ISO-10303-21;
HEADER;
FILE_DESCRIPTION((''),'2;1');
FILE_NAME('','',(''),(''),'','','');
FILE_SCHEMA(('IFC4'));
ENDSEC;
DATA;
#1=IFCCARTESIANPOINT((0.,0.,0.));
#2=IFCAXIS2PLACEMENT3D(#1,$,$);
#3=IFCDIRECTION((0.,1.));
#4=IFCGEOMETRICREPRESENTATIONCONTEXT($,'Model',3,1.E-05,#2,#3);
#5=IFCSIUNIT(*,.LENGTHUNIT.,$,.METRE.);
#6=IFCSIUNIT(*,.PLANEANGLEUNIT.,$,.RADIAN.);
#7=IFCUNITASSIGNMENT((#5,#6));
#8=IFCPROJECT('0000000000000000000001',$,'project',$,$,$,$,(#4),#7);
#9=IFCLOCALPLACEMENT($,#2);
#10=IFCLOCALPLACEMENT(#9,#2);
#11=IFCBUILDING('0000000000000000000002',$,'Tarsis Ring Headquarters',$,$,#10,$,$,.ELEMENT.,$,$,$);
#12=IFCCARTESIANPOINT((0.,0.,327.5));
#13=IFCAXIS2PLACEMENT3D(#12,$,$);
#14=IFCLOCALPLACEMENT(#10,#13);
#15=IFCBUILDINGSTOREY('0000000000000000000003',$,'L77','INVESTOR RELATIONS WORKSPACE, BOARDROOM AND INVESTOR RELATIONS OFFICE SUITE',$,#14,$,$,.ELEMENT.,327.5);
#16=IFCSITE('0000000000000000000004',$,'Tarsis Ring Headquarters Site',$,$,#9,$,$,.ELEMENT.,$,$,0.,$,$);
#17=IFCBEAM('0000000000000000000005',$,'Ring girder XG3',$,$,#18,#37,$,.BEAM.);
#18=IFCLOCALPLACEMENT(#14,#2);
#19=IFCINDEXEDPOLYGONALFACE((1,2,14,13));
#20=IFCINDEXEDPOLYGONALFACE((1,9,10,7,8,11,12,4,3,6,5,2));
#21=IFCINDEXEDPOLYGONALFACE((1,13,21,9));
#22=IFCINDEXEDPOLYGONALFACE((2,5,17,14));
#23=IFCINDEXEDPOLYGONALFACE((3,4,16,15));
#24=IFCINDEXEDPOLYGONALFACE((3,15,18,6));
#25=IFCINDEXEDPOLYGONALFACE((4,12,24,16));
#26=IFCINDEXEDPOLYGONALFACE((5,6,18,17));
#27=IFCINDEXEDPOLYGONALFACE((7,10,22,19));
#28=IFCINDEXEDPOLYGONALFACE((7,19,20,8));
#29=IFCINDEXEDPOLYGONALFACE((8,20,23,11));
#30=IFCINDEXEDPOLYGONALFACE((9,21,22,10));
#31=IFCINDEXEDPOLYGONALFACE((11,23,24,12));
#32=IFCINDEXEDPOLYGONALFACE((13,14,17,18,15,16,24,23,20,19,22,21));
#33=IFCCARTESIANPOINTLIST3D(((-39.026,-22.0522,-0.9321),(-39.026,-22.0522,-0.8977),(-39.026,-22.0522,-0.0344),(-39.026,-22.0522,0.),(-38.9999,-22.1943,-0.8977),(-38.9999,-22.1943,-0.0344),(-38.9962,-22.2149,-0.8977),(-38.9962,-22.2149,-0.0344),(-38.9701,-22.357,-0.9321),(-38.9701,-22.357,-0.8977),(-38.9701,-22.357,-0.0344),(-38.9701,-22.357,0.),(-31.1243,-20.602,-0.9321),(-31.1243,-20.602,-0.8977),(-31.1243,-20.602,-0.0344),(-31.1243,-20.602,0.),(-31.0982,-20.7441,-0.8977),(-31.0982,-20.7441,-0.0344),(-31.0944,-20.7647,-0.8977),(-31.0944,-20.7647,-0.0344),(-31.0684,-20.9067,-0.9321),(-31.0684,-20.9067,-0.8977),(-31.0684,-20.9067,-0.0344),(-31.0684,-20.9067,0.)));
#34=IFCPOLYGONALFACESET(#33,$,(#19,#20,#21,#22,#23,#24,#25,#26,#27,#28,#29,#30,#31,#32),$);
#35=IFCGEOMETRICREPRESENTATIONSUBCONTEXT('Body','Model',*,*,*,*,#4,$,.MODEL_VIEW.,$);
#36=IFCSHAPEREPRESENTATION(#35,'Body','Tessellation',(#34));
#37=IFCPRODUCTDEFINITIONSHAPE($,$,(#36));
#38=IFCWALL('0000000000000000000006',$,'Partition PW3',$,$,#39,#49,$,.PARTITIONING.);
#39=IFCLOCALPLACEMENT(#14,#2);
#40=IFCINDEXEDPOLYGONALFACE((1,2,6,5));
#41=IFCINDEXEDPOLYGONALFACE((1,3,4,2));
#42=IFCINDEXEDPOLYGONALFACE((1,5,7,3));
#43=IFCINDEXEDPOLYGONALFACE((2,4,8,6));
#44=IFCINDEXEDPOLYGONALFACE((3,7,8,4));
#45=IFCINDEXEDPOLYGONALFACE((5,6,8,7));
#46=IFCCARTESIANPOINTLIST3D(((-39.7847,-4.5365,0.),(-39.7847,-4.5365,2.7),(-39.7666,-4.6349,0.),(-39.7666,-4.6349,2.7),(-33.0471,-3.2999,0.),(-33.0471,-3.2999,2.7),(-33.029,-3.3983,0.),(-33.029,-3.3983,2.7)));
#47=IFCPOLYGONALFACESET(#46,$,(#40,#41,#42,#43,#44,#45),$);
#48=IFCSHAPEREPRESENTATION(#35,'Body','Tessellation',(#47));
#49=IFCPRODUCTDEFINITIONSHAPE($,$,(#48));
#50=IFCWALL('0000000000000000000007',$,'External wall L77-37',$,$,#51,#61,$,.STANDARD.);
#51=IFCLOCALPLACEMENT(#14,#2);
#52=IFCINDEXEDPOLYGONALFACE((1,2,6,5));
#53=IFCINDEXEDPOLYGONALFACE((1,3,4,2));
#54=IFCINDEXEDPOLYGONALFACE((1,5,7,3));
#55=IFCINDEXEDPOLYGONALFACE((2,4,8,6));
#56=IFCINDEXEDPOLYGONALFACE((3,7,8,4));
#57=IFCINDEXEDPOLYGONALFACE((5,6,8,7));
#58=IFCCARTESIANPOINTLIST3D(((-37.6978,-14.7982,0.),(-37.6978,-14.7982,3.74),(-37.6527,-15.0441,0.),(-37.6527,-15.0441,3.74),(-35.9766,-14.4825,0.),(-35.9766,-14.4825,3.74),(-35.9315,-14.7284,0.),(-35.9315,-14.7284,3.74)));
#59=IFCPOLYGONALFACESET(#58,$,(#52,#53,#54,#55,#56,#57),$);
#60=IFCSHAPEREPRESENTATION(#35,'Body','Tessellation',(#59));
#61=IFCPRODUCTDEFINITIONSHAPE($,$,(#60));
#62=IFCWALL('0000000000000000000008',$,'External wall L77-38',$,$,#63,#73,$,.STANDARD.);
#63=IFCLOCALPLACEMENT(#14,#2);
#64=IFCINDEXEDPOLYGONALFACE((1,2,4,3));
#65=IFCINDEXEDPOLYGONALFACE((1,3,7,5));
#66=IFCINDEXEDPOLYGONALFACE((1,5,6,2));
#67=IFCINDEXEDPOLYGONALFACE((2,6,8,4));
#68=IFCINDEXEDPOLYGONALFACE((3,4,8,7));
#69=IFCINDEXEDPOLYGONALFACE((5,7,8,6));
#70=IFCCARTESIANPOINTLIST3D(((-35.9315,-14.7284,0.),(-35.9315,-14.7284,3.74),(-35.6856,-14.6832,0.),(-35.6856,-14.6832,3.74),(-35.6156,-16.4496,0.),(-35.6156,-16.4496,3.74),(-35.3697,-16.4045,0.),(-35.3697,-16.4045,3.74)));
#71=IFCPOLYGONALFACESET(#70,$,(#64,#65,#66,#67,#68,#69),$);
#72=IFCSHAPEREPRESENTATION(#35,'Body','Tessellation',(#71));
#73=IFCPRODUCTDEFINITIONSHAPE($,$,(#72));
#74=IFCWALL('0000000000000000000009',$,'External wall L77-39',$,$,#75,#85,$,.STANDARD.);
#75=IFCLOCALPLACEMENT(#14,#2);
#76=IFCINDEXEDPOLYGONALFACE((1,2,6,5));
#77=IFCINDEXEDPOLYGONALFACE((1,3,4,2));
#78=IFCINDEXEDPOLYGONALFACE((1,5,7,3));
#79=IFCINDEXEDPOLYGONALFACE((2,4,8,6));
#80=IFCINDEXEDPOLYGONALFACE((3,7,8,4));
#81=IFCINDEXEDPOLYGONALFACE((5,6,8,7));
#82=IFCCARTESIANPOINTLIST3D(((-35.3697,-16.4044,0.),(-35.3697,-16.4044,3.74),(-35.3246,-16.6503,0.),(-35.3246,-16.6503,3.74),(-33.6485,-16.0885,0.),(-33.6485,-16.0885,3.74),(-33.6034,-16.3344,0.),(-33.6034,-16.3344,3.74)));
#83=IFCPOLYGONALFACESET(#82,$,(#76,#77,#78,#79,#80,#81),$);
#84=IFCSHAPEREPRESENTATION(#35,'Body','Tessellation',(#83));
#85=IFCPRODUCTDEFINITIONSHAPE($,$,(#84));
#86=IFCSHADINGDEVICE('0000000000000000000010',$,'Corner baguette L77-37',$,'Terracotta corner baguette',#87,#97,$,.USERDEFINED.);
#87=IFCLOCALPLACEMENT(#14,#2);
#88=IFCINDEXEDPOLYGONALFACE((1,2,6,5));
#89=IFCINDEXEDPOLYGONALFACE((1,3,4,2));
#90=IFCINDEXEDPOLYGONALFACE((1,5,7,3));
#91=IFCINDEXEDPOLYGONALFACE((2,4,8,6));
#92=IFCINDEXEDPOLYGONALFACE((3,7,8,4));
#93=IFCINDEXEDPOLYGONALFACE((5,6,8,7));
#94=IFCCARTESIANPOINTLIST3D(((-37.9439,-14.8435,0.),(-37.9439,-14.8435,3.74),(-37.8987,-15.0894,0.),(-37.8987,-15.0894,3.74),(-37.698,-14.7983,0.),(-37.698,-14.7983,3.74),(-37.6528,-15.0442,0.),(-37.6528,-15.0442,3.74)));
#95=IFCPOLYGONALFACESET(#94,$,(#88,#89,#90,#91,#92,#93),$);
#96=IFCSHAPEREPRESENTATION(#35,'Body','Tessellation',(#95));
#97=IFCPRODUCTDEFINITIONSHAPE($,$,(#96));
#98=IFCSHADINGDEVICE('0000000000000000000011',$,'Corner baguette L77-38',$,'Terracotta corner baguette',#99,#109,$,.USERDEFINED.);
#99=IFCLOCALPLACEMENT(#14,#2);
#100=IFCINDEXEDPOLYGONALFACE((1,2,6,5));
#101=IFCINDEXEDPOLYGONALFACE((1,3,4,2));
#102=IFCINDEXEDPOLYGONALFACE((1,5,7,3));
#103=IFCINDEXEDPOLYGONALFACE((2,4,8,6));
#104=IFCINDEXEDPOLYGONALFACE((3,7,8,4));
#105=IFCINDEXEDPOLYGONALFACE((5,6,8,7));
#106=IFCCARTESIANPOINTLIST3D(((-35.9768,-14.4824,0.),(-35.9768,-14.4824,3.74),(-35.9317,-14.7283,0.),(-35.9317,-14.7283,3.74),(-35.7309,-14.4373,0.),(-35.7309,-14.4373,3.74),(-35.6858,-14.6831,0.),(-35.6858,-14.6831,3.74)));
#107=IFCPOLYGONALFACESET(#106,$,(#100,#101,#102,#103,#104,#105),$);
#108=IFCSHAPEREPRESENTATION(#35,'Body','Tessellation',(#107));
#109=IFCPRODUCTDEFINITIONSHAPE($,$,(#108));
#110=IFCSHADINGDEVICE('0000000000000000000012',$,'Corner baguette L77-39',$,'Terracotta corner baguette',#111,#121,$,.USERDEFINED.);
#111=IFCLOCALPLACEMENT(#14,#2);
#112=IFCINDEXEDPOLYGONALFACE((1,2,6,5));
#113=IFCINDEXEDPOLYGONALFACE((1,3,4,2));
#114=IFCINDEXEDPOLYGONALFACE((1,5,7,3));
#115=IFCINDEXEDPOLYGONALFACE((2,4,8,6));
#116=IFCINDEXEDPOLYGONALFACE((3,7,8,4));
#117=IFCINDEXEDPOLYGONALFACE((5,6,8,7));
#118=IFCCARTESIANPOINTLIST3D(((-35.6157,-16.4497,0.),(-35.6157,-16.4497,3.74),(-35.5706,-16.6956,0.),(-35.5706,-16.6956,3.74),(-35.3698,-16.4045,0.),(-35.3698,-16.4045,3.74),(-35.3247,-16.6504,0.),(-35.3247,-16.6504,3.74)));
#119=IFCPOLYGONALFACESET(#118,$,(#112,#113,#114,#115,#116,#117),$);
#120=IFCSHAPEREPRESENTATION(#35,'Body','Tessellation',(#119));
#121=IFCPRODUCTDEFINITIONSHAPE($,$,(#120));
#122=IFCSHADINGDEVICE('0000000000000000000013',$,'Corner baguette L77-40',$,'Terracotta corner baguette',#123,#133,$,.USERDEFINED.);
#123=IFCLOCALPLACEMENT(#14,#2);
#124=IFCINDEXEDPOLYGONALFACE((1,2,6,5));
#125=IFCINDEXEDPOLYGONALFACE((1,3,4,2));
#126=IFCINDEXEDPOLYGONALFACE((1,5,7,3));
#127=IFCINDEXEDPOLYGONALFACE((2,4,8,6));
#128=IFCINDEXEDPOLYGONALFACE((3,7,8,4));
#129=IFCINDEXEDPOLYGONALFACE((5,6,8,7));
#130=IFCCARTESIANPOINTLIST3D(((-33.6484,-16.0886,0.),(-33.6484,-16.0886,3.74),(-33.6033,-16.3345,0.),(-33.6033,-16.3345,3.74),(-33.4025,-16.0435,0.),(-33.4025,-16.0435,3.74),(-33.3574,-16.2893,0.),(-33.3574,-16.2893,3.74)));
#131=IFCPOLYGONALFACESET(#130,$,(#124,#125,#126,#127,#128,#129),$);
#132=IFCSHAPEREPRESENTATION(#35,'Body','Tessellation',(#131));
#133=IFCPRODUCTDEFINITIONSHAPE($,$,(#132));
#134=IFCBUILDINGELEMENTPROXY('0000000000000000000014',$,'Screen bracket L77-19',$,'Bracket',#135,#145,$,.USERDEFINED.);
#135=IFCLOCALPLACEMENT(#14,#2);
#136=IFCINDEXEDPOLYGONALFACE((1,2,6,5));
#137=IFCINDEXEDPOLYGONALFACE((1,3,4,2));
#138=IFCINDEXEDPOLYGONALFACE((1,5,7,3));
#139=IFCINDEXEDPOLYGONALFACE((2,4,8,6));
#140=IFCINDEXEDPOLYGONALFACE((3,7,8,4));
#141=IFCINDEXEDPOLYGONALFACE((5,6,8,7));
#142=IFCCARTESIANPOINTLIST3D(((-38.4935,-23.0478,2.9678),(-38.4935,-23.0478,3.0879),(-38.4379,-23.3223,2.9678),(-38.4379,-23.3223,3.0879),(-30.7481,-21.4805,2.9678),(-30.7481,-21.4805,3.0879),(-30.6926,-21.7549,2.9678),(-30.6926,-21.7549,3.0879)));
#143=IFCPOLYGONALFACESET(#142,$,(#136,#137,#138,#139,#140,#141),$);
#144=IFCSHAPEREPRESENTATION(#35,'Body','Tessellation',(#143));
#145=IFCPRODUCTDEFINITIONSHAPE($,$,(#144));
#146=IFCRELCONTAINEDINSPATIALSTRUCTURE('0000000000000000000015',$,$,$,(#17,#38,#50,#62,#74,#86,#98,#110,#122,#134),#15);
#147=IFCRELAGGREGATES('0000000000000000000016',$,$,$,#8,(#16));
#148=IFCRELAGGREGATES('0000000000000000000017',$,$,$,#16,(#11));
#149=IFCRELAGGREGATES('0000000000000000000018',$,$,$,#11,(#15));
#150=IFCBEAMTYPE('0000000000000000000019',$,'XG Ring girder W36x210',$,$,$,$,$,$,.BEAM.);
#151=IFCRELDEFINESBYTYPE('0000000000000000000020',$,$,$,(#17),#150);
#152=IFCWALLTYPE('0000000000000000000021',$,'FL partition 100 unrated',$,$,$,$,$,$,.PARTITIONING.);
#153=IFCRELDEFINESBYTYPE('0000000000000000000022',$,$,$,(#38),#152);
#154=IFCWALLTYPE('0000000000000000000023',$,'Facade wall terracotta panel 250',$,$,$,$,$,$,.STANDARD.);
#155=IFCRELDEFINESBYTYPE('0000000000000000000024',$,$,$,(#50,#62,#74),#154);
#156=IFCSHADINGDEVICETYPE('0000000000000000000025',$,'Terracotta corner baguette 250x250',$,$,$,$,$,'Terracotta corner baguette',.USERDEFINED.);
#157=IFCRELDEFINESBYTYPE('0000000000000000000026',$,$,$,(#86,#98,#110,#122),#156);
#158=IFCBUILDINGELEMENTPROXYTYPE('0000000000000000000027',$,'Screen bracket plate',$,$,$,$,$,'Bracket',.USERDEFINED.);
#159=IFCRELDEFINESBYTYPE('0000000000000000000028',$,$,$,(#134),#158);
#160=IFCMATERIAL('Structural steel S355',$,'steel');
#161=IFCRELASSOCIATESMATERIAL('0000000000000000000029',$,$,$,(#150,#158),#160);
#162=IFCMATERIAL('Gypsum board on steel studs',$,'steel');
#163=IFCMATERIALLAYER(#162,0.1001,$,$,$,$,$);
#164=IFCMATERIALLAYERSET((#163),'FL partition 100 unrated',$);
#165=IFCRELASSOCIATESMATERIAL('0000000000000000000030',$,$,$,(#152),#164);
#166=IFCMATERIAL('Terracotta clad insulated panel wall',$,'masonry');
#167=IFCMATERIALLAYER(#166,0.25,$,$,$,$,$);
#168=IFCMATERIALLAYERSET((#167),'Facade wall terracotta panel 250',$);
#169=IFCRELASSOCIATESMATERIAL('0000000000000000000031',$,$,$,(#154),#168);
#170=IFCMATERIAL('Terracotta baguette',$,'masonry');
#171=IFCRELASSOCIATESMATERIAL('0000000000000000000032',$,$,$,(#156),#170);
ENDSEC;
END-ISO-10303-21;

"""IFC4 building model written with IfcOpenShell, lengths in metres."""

from ifc_helpers import new_model, si_unit, direction, frame, frame_2d, origin, origin_2d, place, context, subcontext, project, spatial, rectangle, i_section, extrude, material, layer, layer_set, material_profile, profile_set, type_object, element, save


model = new_model("IFC4")

# Units and contexts
model_context = context("Model", 3, precision=1e-05, world=origin(), true_north=direction((0.0, 1.0)))
body_context = subcontext(model_context, "Body", "Model", "MODEL_VIEW")
ifc_project = project(units=[si_unit("LENGTHUNIT", "METRE"), si_unit("PLANEANGLEUNIT", "RADIAN")], contexts=[model_context])

# Site, building, storey
site_placement = place(None, origin())
site = spatial("IfcSite", under=ifc_project, at=site_placement, Name="Tarsis Ring Headquarters Site", CompositionType="ELEMENT", RefElevation=0.0)
building_placement = place(site_placement, origin())
building = spatial("IfcBuilding", under=site, at=building_placement, Name="Tarsis Ring Headquarters", CompositionType="ELEMENT")
storey_placement = place(building_placement, frame((0.0, 0.0, 327.5)))
storey = spatial("IfcBuildingStorey", under=building, at=storey_placement, Name="L77", Description="INVESTOR RELATIONS WORKSPACE, BOARDROOM AND INVESTOR RELATIONS OFFICE SUITE", CompositionType="ELEMENT", Elevation=327.5)

# Shared definitions
ifc_material_1 = material(Name="Structural steel S355", Category="steel")

# Beam
ifc_material_profile_1 = material_profile(ifc_material_1, i_section(OverallWidth=0.3098, OverallDepth=0.9321, WebThickness=0.021, FlangeThickness=0.0344, at=origin_2d()), Name="W36x210")
ifc_profile_set_1 = profile_set([ifc_material_profile_1], Name="Structural steel S355")
beam_type = type_object("IfcBeamType", Name="XG Ring girder W36x210", PredefinedType="BEAM", material=ifc_profile_set_1)
beam_1_placement = place(storey_placement, frame((-38.998, -22.2046, -0.4661), z_axis=(0.983572, 0.180517, 0.0), x_axis=(-0.180517, 0.983572, 0.0)))
element("IfcBeam", 1, at=beam_1_placement, inside=storey, type_object=beam_type, Name="Ring girder XG3", PredefinedType="BEAM", context=body_context, shape_type="SweptSolid", body=[
    extrude(i_section(OverallWidth=0.3098, OverallDepth=0.9321, WebThickness=0.021, FlangeThickness=0.0344, at=origin_2d()), origin(), (0.0, 0.0, 1.0), 8.0337),
])

# Walls
ifc_material_2 = material(Name="Gypsum board on steel studs", Category="steel")
ifc_layer_1 = layer(ifc_material_2, 0.1001)
ifc_layer_set_1 = layer_set([ifc_layer_1], Name="FL partition 100 unrated")
wall_type_1 = type_object("IfcWallType", Name="FL partition 100 unrated", PredefinedType="PARTITIONING", material=ifc_layer_set_1)
wall_placement = place(storey_placement, frame((-39.7756, -4.5857, 0.0), z_axis=(0.0, 0.0, 1.0), x_axis=(0.983571, 0.180519, 0.0)))
element("IfcWall", 2, at=wall_placement, inside=storey, type_object=wall_type_1, Name="Partition PW3", PredefinedType="PARTITIONING", context=body_context, shape_type="SweptSolid", body=[
    extrude(rectangle(XDim=6.8501, YDim=0.1001, at=frame_2d((3.425, 0.0))), origin(), (0.0, 0.0, 1.0), 2.7),
])
ifc_material_3 = material(Name="Terracotta clad insulated panel wall", Category="masonry")
ifc_layer_2 = layer(ifc_material_3, 0.25)
ifc_layer_set_2 = layer_set([ifc_layer_2], Name="Facade wall terracotta panel 250")
wall_type_2 = type_object("IfcWallType", Name="Facade wall terracotta panel 250", PredefinedType="STANDARD", material=ifc_layer_set_2)
for number, where, z_axis, x_axis, name in (
    (3, (-37.6753, -14.9211, 0.0), (0.0, 0.0, 1.0), (0.983594, 0.180395, 0.0), "External wall L77-37"),
    (4, (-35.8086, -14.7058, 0.0), (0.0, 0.0, 1.0), (0.18053, -0.983569, 0.0), "External wall L77-38"),
    (5, (-35.3472, -16.5273, 0.0), (0.0, 0.0, 1.0), (0.983569, 0.18053, 0.0), "External wall L77-39"),
):
    element("IfcWall", number, at=place(storey_placement, frame(where, z_axis=z_axis, x_axis=x_axis)), inside=storey, type_object=wall_type_2, Name=name, PredefinedType="STANDARD", context=body_context, shape_type="SweptSolid", body=[
        extrude(rectangle(XDim=1.75, YDim=0.25, at=frame_2d((0.875, 0.0))), origin(), (0.0, 0.0, 1.0), 3.74),
    ])

# Shading devices
ifc_material_4 = material(Name="Terracotta baguette", Category="masonry")
shading_device_type_1 = type_object("IfcShadingDeviceType", Name="Terracotta corner baguette 250x250", ElementType="Terracotta corner baguette", PredefinedType="USERDEFINED", material=ifc_material_4)
for number, where, z_axis, x_axis, name in (
    (6, (-37.7983, -14.9438, 0.0), (0.0, 0.0, 1.0), (0.180519, -0.983571, 0.0), "Corner baguette L77-37"),
    (7, (-35.8313, -14.5828, 0.0), (0.0, 0.0, 1.0), (0.983571, 0.18052, 0.0), "Corner baguette L77-38"),
    (8, (-35.4702, -16.55, 0.0), (0.0, 0.0, 1.0), (0.180519, -0.983572, 0.0), "Corner baguette L77-39"),
    (9, (-33.5029, -16.189, 0.0), (0.0, 0.0, 1.0), (0.983571, 0.180519, 0.0), "Corner baguette L77-40"),
):
    element("IfcShadingDevice", number, at=place(storey_placement, frame(where, z_axis=z_axis, x_axis=x_axis)), inside=storey, type_object=shading_device_type_1, Name=name, ObjectType="Terracotta corner baguette", PredefinedType="USERDEFINED", context=body_context, shape_type="SweptSolid", body=[
        extrude(rectangle(XDim=0.25, YDim=0.25, at=origin_2d()), origin(), (0.0, 0.0, 1.0), 3.74),
    ])

# Building element proxy
building_element_proxy_type = type_object("IfcBuildingElementProxyType", Name="Screen bracket plate", ElementType="Bracket", PredefinedType="USERDEFINED", material=ifc_material_1)
proxy_placement = place(storey_placement, frame((-34.593, -22.4014, 2.9678), z_axis=(0.0, 0.0, 1.0), x_axis=(0.980133, 0.198342, 0.0)))
element("IfcBuildingElementProxy", 10, at=proxy_placement, inside=storey, type_object=building_element_proxy_type, Name="Screen bracket L77-19", ObjectType="Bracket", PredefinedType="USERDEFINED", context=body_context, shape_type="SweptSolid", body=[
    extrude(rectangle(XDim=7.9023, YDim=0.28, at=origin_2d()), origin(), (0.0, 0.0, 1.0), 0.1201),
])

save(model, "model.ifc")
